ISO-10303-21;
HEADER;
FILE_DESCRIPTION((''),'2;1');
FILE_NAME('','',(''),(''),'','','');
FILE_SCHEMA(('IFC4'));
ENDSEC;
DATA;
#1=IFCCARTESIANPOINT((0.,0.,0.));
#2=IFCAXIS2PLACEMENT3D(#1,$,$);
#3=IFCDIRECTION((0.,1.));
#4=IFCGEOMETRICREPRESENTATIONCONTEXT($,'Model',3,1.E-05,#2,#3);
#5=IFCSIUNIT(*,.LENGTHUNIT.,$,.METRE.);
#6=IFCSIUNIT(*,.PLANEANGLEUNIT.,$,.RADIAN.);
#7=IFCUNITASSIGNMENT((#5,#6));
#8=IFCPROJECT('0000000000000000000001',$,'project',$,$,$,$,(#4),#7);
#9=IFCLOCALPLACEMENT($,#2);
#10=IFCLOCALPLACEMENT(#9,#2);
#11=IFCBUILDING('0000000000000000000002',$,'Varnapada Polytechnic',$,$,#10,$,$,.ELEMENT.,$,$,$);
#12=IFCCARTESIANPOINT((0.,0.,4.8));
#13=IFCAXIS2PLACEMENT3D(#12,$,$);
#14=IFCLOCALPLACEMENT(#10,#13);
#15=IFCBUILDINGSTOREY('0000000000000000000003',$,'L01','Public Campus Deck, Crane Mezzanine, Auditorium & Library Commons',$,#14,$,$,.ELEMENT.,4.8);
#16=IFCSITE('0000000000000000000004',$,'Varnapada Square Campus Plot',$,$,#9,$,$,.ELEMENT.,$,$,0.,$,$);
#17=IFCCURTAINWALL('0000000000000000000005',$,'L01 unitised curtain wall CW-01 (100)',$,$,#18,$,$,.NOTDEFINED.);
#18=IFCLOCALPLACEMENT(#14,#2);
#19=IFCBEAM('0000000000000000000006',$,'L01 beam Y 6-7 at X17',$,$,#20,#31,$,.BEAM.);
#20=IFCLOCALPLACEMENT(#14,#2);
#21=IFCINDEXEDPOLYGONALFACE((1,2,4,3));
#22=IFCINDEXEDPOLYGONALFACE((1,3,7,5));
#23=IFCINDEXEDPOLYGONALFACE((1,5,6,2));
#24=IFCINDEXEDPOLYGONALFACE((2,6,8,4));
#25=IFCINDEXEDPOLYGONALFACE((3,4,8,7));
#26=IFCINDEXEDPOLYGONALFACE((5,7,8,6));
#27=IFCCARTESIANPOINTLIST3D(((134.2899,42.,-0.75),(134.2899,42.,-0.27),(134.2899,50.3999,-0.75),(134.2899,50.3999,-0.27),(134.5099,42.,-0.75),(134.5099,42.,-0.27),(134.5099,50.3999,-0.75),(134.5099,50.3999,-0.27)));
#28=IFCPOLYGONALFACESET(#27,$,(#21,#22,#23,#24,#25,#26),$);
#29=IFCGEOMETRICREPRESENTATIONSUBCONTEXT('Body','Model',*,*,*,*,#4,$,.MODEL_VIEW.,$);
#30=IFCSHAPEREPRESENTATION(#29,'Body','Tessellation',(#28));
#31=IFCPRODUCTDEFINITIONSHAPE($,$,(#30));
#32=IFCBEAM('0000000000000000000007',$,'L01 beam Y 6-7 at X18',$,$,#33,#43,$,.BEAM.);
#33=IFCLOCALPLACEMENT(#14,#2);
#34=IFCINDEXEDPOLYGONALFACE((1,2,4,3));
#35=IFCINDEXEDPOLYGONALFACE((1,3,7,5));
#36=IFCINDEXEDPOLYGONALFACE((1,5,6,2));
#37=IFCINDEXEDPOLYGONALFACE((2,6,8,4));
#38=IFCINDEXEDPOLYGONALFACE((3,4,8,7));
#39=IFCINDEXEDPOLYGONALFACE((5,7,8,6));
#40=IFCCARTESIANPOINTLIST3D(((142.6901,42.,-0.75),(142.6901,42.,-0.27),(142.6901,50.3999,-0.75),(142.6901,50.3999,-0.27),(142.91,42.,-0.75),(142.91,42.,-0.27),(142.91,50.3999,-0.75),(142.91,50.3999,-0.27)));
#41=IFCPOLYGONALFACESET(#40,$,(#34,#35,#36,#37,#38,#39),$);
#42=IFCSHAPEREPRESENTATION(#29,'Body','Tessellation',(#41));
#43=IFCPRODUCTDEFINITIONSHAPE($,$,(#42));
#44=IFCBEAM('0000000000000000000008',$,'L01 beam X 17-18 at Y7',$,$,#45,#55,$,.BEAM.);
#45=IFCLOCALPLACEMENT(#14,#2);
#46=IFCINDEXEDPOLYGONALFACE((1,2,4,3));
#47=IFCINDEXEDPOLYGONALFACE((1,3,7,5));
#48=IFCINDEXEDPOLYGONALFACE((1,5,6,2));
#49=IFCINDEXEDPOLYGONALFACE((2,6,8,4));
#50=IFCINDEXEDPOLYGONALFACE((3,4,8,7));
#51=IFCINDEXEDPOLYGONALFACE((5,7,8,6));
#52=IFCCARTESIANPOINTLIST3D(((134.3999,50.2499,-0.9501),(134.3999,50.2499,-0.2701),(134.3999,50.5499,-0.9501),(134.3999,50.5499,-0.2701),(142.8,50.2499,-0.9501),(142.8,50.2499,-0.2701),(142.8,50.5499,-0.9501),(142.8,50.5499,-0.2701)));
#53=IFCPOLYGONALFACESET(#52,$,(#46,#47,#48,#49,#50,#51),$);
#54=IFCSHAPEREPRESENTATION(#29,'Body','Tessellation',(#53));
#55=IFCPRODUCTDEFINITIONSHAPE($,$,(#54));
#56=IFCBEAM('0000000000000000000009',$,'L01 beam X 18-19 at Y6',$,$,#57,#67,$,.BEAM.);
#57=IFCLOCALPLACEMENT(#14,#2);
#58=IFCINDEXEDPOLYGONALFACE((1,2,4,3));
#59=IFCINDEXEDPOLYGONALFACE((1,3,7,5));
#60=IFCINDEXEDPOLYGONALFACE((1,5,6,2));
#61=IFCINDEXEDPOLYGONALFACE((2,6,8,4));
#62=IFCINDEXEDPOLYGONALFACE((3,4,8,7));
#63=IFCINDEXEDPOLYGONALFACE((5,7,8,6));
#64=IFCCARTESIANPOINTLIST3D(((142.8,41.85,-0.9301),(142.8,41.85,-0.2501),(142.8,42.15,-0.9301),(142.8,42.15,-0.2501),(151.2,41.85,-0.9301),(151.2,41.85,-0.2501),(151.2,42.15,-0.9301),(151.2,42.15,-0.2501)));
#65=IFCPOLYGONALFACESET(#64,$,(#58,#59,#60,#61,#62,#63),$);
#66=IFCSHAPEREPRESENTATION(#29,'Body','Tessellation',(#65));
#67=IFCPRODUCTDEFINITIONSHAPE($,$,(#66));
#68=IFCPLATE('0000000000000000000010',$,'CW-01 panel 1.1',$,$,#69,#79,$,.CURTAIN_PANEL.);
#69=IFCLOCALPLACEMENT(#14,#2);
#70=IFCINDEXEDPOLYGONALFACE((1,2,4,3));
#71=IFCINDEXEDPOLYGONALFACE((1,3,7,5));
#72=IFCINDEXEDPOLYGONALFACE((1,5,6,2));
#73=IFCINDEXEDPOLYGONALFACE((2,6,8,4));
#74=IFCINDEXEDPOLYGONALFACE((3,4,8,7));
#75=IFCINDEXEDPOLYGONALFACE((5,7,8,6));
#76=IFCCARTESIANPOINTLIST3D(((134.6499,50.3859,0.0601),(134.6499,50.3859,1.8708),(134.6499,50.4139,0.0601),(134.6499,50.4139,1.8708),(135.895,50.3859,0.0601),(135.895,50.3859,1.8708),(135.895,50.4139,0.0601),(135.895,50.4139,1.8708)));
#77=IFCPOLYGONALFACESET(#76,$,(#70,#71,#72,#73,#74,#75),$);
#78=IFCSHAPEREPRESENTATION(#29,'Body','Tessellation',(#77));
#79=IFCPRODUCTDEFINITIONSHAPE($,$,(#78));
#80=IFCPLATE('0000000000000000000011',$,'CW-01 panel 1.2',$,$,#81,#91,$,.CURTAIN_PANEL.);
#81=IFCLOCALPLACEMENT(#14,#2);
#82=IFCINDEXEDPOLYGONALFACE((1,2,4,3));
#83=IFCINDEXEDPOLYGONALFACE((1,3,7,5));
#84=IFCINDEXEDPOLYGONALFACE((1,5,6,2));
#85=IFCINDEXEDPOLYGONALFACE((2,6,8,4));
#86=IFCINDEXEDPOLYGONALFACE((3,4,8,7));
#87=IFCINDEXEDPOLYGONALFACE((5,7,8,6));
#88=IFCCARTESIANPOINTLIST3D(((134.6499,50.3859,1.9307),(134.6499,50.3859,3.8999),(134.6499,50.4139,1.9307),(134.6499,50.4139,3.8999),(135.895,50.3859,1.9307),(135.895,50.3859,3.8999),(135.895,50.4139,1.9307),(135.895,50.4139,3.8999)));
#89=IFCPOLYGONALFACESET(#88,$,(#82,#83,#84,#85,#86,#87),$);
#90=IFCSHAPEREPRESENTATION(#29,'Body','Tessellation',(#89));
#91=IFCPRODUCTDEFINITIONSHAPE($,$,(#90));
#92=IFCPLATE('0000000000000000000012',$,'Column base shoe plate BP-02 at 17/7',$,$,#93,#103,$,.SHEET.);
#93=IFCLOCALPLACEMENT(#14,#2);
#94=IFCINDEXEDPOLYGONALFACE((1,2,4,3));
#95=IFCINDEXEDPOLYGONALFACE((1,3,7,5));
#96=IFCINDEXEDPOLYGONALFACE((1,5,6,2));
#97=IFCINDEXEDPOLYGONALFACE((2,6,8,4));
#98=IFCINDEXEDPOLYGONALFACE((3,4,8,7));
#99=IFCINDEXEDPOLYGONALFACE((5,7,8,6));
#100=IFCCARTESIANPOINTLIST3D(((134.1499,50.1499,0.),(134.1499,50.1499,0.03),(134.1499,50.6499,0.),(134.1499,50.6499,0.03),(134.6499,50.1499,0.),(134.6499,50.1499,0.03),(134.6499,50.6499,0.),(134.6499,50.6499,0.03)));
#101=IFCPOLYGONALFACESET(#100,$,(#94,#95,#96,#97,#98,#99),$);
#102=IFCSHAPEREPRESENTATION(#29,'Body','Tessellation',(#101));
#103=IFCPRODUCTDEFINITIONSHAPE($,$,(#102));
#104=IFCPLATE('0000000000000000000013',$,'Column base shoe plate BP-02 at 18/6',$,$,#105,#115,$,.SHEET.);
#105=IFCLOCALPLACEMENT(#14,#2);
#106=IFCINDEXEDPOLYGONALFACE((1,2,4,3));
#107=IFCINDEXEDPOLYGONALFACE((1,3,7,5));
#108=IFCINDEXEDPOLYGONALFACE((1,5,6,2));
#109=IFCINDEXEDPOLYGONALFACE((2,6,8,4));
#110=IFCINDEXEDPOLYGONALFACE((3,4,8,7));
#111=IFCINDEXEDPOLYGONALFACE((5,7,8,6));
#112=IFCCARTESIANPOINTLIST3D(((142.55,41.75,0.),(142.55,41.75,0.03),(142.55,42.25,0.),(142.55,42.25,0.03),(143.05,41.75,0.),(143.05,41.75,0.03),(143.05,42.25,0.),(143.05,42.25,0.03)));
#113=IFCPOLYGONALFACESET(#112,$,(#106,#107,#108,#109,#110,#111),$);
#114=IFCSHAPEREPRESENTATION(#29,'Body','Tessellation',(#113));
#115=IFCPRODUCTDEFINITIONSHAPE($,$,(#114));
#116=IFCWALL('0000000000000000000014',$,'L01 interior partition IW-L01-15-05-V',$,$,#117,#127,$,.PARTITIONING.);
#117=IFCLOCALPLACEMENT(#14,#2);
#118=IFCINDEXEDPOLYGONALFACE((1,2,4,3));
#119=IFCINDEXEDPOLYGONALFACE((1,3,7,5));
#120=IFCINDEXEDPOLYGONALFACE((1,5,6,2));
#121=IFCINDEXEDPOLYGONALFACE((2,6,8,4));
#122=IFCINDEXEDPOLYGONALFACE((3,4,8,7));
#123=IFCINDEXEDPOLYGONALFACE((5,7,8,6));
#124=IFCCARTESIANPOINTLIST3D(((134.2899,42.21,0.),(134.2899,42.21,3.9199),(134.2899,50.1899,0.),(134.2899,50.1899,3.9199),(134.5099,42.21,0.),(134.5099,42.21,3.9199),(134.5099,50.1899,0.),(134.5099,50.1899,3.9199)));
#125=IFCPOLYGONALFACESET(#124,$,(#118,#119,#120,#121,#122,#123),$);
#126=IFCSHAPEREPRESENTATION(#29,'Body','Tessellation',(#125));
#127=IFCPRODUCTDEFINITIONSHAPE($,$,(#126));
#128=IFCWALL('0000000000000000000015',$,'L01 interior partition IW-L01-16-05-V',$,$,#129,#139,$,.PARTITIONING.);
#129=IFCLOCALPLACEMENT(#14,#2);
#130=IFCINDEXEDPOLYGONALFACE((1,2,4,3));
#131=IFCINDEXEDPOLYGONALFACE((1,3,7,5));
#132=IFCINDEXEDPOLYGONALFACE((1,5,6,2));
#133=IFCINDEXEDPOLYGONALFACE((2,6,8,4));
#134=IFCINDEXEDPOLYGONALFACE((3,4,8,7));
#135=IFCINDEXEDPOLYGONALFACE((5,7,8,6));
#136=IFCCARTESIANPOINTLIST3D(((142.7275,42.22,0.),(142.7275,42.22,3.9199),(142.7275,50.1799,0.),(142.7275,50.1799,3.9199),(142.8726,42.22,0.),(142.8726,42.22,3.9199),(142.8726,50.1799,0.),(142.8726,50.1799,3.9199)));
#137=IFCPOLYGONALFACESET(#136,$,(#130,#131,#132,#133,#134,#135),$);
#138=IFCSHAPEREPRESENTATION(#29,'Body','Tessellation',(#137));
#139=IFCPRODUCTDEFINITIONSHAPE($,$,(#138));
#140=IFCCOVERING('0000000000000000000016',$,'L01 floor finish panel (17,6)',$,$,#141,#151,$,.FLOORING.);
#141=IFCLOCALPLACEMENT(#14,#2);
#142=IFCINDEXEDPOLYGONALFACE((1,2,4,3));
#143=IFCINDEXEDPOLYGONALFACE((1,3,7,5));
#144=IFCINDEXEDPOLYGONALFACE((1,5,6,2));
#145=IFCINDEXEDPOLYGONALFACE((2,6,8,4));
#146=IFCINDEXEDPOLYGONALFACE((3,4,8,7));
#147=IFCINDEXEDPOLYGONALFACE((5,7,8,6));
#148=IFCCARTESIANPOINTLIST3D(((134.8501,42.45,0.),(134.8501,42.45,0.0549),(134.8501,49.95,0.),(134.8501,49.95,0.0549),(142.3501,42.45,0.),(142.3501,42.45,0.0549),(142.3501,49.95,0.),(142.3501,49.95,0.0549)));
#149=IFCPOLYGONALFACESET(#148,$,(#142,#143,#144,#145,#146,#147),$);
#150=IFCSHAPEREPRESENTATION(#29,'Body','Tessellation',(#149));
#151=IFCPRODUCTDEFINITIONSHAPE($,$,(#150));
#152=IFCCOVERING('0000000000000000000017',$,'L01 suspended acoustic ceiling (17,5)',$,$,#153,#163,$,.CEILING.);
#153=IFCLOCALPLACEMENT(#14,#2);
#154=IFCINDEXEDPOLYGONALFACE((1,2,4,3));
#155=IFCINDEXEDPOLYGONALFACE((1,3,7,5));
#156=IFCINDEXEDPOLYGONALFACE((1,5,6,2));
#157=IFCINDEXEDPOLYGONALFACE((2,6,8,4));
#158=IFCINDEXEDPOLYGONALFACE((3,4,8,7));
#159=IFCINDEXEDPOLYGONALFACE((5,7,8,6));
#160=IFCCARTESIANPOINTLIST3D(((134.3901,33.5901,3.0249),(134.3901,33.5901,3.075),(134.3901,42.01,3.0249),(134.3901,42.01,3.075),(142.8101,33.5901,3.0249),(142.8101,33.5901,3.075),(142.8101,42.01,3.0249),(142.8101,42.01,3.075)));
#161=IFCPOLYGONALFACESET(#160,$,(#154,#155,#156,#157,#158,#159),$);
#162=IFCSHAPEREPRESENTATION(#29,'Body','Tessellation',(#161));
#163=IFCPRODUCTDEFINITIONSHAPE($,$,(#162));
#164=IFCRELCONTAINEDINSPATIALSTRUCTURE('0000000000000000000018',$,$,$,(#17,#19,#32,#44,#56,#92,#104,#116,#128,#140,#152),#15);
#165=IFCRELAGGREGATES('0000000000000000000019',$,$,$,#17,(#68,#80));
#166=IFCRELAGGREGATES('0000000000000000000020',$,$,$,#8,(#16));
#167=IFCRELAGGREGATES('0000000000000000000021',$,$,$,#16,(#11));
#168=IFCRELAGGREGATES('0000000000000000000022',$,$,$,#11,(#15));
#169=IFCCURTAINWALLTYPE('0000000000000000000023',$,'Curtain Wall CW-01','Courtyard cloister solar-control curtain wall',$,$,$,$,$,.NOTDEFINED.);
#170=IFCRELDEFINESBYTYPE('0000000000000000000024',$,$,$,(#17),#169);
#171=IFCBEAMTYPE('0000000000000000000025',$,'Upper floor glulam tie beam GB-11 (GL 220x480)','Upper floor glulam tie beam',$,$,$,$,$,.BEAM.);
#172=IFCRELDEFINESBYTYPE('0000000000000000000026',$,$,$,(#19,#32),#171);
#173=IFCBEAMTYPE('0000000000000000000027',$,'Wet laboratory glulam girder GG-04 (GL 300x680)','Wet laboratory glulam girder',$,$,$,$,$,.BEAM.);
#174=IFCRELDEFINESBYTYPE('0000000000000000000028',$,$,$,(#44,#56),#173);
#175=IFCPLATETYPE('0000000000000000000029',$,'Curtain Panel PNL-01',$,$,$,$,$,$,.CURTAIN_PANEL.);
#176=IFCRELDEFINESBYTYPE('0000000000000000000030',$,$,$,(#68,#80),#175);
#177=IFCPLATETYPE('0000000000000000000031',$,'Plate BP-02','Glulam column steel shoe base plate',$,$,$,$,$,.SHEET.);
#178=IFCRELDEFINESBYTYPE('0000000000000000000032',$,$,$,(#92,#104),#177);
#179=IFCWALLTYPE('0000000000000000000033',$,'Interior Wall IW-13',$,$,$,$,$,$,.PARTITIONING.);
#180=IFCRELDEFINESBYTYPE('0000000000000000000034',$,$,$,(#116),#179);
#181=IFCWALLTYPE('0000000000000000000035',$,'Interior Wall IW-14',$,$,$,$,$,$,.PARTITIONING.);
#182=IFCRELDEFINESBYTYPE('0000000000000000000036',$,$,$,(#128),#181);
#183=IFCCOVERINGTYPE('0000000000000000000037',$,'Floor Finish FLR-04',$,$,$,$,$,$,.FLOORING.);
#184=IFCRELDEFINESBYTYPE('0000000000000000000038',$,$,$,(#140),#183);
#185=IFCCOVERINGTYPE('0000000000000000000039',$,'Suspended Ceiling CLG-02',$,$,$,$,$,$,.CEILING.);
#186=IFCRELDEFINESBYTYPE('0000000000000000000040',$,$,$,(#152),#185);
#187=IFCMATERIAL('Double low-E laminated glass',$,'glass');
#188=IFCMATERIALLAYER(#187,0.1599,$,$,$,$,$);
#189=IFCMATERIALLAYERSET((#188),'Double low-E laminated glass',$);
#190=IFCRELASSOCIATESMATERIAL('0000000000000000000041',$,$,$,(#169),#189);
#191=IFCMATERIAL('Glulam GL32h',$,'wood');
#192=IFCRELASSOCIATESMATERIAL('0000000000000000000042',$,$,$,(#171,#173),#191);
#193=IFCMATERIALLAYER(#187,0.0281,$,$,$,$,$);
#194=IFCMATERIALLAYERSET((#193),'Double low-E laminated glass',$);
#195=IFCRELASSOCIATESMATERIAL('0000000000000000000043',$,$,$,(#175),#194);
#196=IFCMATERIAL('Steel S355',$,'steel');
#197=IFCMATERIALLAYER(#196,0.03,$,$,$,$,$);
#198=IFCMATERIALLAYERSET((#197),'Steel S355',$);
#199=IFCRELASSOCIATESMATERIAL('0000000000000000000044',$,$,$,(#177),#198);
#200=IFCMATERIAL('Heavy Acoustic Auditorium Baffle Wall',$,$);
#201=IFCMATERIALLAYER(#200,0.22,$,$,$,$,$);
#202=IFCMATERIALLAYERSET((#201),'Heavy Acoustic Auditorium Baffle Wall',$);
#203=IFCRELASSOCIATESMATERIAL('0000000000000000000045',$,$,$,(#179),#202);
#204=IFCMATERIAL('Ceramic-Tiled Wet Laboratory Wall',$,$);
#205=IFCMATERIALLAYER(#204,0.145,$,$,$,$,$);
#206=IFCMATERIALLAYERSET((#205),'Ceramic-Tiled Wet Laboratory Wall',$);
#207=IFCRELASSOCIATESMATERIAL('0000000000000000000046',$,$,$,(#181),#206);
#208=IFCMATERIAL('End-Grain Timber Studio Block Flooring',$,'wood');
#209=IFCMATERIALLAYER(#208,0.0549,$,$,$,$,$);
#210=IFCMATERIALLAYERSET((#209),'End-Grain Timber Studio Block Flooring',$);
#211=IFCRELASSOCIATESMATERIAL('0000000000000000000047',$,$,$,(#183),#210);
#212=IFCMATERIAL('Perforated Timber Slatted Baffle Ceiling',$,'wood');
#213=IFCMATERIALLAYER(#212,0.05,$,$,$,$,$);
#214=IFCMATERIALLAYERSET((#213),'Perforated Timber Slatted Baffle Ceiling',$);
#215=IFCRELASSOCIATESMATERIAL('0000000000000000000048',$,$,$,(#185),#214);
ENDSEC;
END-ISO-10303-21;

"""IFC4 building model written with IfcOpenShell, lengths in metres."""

from ifc_helpers import new_model, si_unit, direction, frame, frame_2d, origin, origin_2d, place, context, subcontext, project, spatial, rectangle, extrude, material, layer, layer_set, material_profile, profile_set, type_object, element, aggregate, save


model = new_model("IFC4")

# Units and contexts
model_context = context("Model", 3, precision=1e-05, world=origin(), true_north=direction((0.0, 1.0)))
body_context = subcontext(model_context, "Body", "Model", "MODEL_VIEW")
ifc_project = project(units=[si_unit("LENGTHUNIT", "METRE"), si_unit("PLANEANGLEUNIT", "RADIAN")], contexts=[model_context])

# Site, building, storey
site_placement = place(None, origin())
site = spatial("IfcSite", under=ifc_project, at=site_placement, Name="Varnapada Square Campus Plot", CompositionType="ELEMENT", RefElevation=0.0)
building_placement = place(site_placement, origin())
building = spatial("IfcBuilding", under=site, at=building_placement, Name="Varnapada Polytechnic", CompositionType="ELEMENT")
storey_placement = place(building_placement, frame((0.0, 0.0, 4.8)))
storey = spatial("IfcBuildingStorey", under=building, at=storey_placement, Name="L01", Description="Public Campus Deck, Crane Mezzanine, Auditorium & Library Commons", CompositionType="ELEMENT", Elevation=4.8)

# Shared definitions
ifc_material_1 = material(Name="Glulam GL32h", Category="wood")

# Curtain wall
ifc_material_2 = material(Name="Double low-E laminated glass", Category="glass")
ifc_layer_1 = layer(ifc_material_2, 0.1599)
ifc_layer_set_1 = layer_set([ifc_layer_1], Name="Double low-E laminated glass")
curtain_wall_type = type_object("IfcCurtainWallType", Name="Curtain Wall CW-01", Description="Courtyard cloister solar-control curtain wall", PredefinedType="NOTDEFINED", material=ifc_layer_set_1)
curtain_wall_placement = place(storey_placement, origin())
curtain_wall = element("IfcCurtainWall", 1, at=curtain_wall_placement, inside=storey, type_object=curtain_wall_type, Name="L01 unitised curtain wall CW-01 (100)", PredefinedType="NOTDEFINED")

# Beams
ifc_material_profile_1 = material_profile(ifc_material_1, rectangle(XDim=0.22, YDim=0.48, at=origin_2d()), Name="GL 220x480")
ifc_profile_set_1 = profile_set([ifc_material_profile_1], Name="Glulam GL32h")
beam_type_1 = type_object("IfcBeamType", Name="Upper floor glulam tie beam GB-11 (GL 220x480)", Description="Upper floor glulam tie beam", PredefinedType="BEAM", material=ifc_profile_set_1)
for number, where, z_axis, x_axis, name in (
    (2, (134.3999, 42.0, -0.51), (0.0, 1.0, 0.0), (-1.0, 0.0, 0.0), "L01 beam Y 6-7 at X17"),
    (3, (142.8, 42.0, -0.51), (0.0, 1.0, 0.0), (-1.0, 0.0, 0.0), "L01 beam Y 6-7 at X18"),
):
    element("IfcBeam", number, at=place(storey_placement, frame(where, z_axis=z_axis, x_axis=x_axis)), inside=storey, type_object=beam_type_1, Name=name, PredefinedType="BEAM", context=body_context, shape_type="SweptSolid", body=[
        extrude(rectangle(XDim=0.22, YDim=0.48, at=origin_2d()), origin(), (0.0, 0.0, 1.0), 8.3999),
    ])
ifc_material_profile_2 = material_profile(ifc_material_1, rectangle(XDim=0.3, YDim=0.6799, at=origin_2d()), Name="GL 300x680")
ifc_profile_set_2 = profile_set([ifc_material_profile_2], Name="Glulam GL32h")
beam_type_2 = type_object("IfcBeamType", Name="Wet laboratory glulam girder GG-04 (GL 300x680)", Description="Wet laboratory glulam girder", PredefinedType="BEAM", material=ifc_profile_set_2)
beam_1_placement = place(storey_placement, frame((134.3999, 50.3999, -0.6101), z_axis=(1.0, 0.0, 0.0), x_axis=(0.0, 1.0, 0.0)))
element("IfcBeam", 4, at=beam_1_placement, inside=storey, type_object=beam_type_2, Name="L01 beam X 17-18 at Y7", PredefinedType="BEAM", context=body_context, shape_type="SweptSolid", body=[
    extrude(rectangle(XDim=0.3, YDim=0.6799, at=origin_2d()), origin(), (0.0, 0.0, 1.0), 8.4001),
])
beam_2_placement = place(storey_placement, frame((142.8, 42.0, -0.5901), z_axis=(1.0, 0.0, 0.0), x_axis=(0.0, 1.0, 0.0)))
element("IfcBeam", 5, at=beam_2_placement, inside=storey, type_object=beam_type_2, Name="L01 beam X 18-19 at Y6", PredefinedType="BEAM", context=body_context, shape_type="SweptSolid", body=[
    extrude(rectangle(XDim=0.3, YDim=0.6799, at=origin_2d()), origin(), (0.0, 0.0, 1.0), 8.3999),
])

# Plates
ifc_layer_2 = layer(ifc_material_2, 0.0281)
ifc_layer_set_2 = layer_set([ifc_layer_2], Name="Double low-E laminated glass")
plate_type_1 = type_object("IfcPlateType", Name="Curtain Panel PNL-01", PredefinedType="CURTAIN_PANEL", material=ifc_layer_set_2)
plate_1_placement = place(storey_placement, frame((135.2725, 50.3999, 0.0601), z_axis=(0.0, 0.0, 1.0), x_axis=(1.0, 0.0, 0.0)))
plate_1 = element("IfcPlate", 6, at=plate_1_placement, type_object=plate_type_1, Name="CW-01 panel 1.1", PredefinedType="CURTAIN_PANEL", context=body_context, shape_type="SweptSolid", body=[
    extrude(rectangle(XDim=1.2451, YDim=0.0281, at=origin_2d()), origin(), (0.0, 0.0, 1.0), 1.8108),
])
plate_2_placement = place(storey_placement, frame((135.2725, 50.3999, 1.9307), z_axis=(0.0, 0.0, 1.0), x_axis=(1.0, 0.0, 0.0)))
plate_2 = element("IfcPlate", 7, at=plate_2_placement, type_object=plate_type_1, Name="CW-01 panel 1.2", PredefinedType="CURTAIN_PANEL", context=body_context, shape_type="SweptSolid", body=[
    extrude(rectangle(XDim=1.2451, YDim=0.0281, at=origin_2d()), origin(), (0.0, 0.0, 1.0), 1.9692),
])
aggregate(curtain_wall, [plate_1, plate_2])

# Plates
ifc_material_3 = material(Name="Steel S355", Category="steel")
ifc_layer_3 = layer(ifc_material_3, 0.03)
ifc_layer_set_3 = layer_set([ifc_layer_3], Name="Steel S355")
plate_type_2 = type_object("IfcPlateType", Name="Plate BP-02", Description="Glulam column steel shoe base plate", PredefinedType="SHEET", material=ifc_layer_set_3)
for number, where, z_axis, x_axis, name in (
    (8, (134.3999, 50.3999, 0.0), (0.0, 0.0, 1.0), (1.0, 0.0, 0.0), "Column base shoe plate BP-02 at 17/7"),
    (9, (142.8, 42.0, 0.0), (0.0, 0.0, 1.0), (1.0, 0.0, 0.0), "Column base shoe plate BP-02 at 18/6"),
):
    element("IfcPlate", number, at=place(storey_placement, frame(where, z_axis=z_axis, x_axis=x_axis)), inside=storey, type_object=plate_type_2, Name=name, PredefinedType="SHEET", context=body_context, shape_type="SweptSolid", body=[
        extrude(rectangle(XDim=0.5, YDim=0.5, at=origin_2d()), origin(), (0.0, 0.0, 1.0), 0.03),
    ])

# Wall
ifc_material_4 = material(Name="Heavy Acoustic Auditorium Baffle Wall")
ifc_layer_4 = layer(ifc_material_4, 0.22)
ifc_layer_set_4 = layer_set([ifc_layer_4], Name="Heavy Acoustic Auditorium Baffle Wall")
wall_type_1 = type_object("IfcWallType", Name="Interior Wall IW-13", PredefinedType="PARTITIONING", material=ifc_layer_set_4)
wall_1_placement = place(storey_placement, frame((134.3999, 42.21, 0.0), z_axis=(0.0, 0.0, 1.0), x_axis=(0.0, 1.0, 0.0)))
element("IfcWall", 10, at=wall_1_placement, inside=storey, type_object=wall_type_1, Name="L01 interior partition IW-L01-15-05-V", PredefinedType="PARTITIONING", context=body_context, shape_type="SweptSolid", body=[
    extrude(rectangle(XDim=7.98, YDim=0.22, at=frame_2d((3.99, 0.0))), origin(), (0.0, 0.0, 1.0), 3.9199),
])

# Wall
ifc_material_5 = material(Name="Ceramic-Tiled Wet Laboratory Wall")
ifc_layer_5 = layer(ifc_material_5, 0.145)
ifc_layer_set_5 = layer_set([ifc_layer_5], Name="Ceramic-Tiled Wet Laboratory Wall")
wall_type_2 = type_object("IfcWallType", Name="Interior Wall IW-14", PredefinedType="PARTITIONING", material=ifc_layer_set_5)
wall_2_placement = place(storey_placement, frame((142.8, 42.22, 0.0), z_axis=(0.0, 0.0, 1.0), x_axis=(0.0, 1.0, 0.0)))
element("IfcWall", 11, at=wall_2_placement, inside=storey, type_object=wall_type_2, Name="L01 interior partition IW-L01-16-05-V", PredefinedType="PARTITIONING", context=body_context, shape_type="SweptSolid", body=[
    extrude(rectangle(XDim=7.96, YDim=0.145, at=frame_2d((3.98, 0.0))), origin(), (0.0, 0.0, 1.0), 3.9199),
])

# Coverings
ifc_material_6 = material(Name="End-Grain Timber Studio Block Flooring", Category="wood")
ifc_layer_6 = layer(ifc_material_6, 0.0549)
ifc_layer_set_6 = layer_set([ifc_layer_6], Name="End-Grain Timber Studio Block Flooring")
covering_type_1 = type_object("IfcCoveringType", Name="Floor Finish FLR-04", PredefinedType="FLOORING", material=ifc_layer_set_6)
covering_1_placement = place(storey_placement, frame((138.6001, 46.2, 0.0), z_axis=(0.0, 0.0, 1.0), x_axis=(1.0, 0.0, 0.0)))
element("IfcCovering", 12, at=covering_1_placement, inside=storey, type_object=covering_type_1, Name="L01 floor finish panel (17,6)", PredefinedType="FLOORING", context=body_context, shape_type="SweptSolid", body=[
    extrude(rectangle(XDim=7.5, YDim=7.5, at=origin_2d()), origin(), (0.0, 0.0, 1.0), 0.0549),
])
ifc_material_7 = material(Name="Perforated Timber Slatted Baffle Ceiling", Category="wood")
ifc_layer_7 = layer(ifc_material_7, 0.05)
ifc_layer_set_7 = layer_set([ifc_layer_7], Name="Perforated Timber Slatted Baffle Ceiling")
covering_type_2 = type_object("IfcCoveringType", Name="Suspended Ceiling CLG-02", PredefinedType="CEILING", material=ifc_layer_set_7)
covering_2_placement = place(storey_placement, frame((138.6001, 37.8, 3.0249), z_axis=(0.0, 0.0, 1.0), x_axis=(1.0, 0.0, 0.0)))
element("IfcCovering", 13, at=covering_2_placement, inside=storey, type_object=covering_type_2, Name="L01 suspended acoustic ceiling (17,5)", PredefinedType="CEILING", context=body_context, shape_type="SweptSolid", body=[
    extrude(rectangle(XDim=8.4199, YDim=8.4199, at=origin_2d()), origin(), (0.0, 0.0, 1.0), 0.05),
])

save(model, "model.ifc")
